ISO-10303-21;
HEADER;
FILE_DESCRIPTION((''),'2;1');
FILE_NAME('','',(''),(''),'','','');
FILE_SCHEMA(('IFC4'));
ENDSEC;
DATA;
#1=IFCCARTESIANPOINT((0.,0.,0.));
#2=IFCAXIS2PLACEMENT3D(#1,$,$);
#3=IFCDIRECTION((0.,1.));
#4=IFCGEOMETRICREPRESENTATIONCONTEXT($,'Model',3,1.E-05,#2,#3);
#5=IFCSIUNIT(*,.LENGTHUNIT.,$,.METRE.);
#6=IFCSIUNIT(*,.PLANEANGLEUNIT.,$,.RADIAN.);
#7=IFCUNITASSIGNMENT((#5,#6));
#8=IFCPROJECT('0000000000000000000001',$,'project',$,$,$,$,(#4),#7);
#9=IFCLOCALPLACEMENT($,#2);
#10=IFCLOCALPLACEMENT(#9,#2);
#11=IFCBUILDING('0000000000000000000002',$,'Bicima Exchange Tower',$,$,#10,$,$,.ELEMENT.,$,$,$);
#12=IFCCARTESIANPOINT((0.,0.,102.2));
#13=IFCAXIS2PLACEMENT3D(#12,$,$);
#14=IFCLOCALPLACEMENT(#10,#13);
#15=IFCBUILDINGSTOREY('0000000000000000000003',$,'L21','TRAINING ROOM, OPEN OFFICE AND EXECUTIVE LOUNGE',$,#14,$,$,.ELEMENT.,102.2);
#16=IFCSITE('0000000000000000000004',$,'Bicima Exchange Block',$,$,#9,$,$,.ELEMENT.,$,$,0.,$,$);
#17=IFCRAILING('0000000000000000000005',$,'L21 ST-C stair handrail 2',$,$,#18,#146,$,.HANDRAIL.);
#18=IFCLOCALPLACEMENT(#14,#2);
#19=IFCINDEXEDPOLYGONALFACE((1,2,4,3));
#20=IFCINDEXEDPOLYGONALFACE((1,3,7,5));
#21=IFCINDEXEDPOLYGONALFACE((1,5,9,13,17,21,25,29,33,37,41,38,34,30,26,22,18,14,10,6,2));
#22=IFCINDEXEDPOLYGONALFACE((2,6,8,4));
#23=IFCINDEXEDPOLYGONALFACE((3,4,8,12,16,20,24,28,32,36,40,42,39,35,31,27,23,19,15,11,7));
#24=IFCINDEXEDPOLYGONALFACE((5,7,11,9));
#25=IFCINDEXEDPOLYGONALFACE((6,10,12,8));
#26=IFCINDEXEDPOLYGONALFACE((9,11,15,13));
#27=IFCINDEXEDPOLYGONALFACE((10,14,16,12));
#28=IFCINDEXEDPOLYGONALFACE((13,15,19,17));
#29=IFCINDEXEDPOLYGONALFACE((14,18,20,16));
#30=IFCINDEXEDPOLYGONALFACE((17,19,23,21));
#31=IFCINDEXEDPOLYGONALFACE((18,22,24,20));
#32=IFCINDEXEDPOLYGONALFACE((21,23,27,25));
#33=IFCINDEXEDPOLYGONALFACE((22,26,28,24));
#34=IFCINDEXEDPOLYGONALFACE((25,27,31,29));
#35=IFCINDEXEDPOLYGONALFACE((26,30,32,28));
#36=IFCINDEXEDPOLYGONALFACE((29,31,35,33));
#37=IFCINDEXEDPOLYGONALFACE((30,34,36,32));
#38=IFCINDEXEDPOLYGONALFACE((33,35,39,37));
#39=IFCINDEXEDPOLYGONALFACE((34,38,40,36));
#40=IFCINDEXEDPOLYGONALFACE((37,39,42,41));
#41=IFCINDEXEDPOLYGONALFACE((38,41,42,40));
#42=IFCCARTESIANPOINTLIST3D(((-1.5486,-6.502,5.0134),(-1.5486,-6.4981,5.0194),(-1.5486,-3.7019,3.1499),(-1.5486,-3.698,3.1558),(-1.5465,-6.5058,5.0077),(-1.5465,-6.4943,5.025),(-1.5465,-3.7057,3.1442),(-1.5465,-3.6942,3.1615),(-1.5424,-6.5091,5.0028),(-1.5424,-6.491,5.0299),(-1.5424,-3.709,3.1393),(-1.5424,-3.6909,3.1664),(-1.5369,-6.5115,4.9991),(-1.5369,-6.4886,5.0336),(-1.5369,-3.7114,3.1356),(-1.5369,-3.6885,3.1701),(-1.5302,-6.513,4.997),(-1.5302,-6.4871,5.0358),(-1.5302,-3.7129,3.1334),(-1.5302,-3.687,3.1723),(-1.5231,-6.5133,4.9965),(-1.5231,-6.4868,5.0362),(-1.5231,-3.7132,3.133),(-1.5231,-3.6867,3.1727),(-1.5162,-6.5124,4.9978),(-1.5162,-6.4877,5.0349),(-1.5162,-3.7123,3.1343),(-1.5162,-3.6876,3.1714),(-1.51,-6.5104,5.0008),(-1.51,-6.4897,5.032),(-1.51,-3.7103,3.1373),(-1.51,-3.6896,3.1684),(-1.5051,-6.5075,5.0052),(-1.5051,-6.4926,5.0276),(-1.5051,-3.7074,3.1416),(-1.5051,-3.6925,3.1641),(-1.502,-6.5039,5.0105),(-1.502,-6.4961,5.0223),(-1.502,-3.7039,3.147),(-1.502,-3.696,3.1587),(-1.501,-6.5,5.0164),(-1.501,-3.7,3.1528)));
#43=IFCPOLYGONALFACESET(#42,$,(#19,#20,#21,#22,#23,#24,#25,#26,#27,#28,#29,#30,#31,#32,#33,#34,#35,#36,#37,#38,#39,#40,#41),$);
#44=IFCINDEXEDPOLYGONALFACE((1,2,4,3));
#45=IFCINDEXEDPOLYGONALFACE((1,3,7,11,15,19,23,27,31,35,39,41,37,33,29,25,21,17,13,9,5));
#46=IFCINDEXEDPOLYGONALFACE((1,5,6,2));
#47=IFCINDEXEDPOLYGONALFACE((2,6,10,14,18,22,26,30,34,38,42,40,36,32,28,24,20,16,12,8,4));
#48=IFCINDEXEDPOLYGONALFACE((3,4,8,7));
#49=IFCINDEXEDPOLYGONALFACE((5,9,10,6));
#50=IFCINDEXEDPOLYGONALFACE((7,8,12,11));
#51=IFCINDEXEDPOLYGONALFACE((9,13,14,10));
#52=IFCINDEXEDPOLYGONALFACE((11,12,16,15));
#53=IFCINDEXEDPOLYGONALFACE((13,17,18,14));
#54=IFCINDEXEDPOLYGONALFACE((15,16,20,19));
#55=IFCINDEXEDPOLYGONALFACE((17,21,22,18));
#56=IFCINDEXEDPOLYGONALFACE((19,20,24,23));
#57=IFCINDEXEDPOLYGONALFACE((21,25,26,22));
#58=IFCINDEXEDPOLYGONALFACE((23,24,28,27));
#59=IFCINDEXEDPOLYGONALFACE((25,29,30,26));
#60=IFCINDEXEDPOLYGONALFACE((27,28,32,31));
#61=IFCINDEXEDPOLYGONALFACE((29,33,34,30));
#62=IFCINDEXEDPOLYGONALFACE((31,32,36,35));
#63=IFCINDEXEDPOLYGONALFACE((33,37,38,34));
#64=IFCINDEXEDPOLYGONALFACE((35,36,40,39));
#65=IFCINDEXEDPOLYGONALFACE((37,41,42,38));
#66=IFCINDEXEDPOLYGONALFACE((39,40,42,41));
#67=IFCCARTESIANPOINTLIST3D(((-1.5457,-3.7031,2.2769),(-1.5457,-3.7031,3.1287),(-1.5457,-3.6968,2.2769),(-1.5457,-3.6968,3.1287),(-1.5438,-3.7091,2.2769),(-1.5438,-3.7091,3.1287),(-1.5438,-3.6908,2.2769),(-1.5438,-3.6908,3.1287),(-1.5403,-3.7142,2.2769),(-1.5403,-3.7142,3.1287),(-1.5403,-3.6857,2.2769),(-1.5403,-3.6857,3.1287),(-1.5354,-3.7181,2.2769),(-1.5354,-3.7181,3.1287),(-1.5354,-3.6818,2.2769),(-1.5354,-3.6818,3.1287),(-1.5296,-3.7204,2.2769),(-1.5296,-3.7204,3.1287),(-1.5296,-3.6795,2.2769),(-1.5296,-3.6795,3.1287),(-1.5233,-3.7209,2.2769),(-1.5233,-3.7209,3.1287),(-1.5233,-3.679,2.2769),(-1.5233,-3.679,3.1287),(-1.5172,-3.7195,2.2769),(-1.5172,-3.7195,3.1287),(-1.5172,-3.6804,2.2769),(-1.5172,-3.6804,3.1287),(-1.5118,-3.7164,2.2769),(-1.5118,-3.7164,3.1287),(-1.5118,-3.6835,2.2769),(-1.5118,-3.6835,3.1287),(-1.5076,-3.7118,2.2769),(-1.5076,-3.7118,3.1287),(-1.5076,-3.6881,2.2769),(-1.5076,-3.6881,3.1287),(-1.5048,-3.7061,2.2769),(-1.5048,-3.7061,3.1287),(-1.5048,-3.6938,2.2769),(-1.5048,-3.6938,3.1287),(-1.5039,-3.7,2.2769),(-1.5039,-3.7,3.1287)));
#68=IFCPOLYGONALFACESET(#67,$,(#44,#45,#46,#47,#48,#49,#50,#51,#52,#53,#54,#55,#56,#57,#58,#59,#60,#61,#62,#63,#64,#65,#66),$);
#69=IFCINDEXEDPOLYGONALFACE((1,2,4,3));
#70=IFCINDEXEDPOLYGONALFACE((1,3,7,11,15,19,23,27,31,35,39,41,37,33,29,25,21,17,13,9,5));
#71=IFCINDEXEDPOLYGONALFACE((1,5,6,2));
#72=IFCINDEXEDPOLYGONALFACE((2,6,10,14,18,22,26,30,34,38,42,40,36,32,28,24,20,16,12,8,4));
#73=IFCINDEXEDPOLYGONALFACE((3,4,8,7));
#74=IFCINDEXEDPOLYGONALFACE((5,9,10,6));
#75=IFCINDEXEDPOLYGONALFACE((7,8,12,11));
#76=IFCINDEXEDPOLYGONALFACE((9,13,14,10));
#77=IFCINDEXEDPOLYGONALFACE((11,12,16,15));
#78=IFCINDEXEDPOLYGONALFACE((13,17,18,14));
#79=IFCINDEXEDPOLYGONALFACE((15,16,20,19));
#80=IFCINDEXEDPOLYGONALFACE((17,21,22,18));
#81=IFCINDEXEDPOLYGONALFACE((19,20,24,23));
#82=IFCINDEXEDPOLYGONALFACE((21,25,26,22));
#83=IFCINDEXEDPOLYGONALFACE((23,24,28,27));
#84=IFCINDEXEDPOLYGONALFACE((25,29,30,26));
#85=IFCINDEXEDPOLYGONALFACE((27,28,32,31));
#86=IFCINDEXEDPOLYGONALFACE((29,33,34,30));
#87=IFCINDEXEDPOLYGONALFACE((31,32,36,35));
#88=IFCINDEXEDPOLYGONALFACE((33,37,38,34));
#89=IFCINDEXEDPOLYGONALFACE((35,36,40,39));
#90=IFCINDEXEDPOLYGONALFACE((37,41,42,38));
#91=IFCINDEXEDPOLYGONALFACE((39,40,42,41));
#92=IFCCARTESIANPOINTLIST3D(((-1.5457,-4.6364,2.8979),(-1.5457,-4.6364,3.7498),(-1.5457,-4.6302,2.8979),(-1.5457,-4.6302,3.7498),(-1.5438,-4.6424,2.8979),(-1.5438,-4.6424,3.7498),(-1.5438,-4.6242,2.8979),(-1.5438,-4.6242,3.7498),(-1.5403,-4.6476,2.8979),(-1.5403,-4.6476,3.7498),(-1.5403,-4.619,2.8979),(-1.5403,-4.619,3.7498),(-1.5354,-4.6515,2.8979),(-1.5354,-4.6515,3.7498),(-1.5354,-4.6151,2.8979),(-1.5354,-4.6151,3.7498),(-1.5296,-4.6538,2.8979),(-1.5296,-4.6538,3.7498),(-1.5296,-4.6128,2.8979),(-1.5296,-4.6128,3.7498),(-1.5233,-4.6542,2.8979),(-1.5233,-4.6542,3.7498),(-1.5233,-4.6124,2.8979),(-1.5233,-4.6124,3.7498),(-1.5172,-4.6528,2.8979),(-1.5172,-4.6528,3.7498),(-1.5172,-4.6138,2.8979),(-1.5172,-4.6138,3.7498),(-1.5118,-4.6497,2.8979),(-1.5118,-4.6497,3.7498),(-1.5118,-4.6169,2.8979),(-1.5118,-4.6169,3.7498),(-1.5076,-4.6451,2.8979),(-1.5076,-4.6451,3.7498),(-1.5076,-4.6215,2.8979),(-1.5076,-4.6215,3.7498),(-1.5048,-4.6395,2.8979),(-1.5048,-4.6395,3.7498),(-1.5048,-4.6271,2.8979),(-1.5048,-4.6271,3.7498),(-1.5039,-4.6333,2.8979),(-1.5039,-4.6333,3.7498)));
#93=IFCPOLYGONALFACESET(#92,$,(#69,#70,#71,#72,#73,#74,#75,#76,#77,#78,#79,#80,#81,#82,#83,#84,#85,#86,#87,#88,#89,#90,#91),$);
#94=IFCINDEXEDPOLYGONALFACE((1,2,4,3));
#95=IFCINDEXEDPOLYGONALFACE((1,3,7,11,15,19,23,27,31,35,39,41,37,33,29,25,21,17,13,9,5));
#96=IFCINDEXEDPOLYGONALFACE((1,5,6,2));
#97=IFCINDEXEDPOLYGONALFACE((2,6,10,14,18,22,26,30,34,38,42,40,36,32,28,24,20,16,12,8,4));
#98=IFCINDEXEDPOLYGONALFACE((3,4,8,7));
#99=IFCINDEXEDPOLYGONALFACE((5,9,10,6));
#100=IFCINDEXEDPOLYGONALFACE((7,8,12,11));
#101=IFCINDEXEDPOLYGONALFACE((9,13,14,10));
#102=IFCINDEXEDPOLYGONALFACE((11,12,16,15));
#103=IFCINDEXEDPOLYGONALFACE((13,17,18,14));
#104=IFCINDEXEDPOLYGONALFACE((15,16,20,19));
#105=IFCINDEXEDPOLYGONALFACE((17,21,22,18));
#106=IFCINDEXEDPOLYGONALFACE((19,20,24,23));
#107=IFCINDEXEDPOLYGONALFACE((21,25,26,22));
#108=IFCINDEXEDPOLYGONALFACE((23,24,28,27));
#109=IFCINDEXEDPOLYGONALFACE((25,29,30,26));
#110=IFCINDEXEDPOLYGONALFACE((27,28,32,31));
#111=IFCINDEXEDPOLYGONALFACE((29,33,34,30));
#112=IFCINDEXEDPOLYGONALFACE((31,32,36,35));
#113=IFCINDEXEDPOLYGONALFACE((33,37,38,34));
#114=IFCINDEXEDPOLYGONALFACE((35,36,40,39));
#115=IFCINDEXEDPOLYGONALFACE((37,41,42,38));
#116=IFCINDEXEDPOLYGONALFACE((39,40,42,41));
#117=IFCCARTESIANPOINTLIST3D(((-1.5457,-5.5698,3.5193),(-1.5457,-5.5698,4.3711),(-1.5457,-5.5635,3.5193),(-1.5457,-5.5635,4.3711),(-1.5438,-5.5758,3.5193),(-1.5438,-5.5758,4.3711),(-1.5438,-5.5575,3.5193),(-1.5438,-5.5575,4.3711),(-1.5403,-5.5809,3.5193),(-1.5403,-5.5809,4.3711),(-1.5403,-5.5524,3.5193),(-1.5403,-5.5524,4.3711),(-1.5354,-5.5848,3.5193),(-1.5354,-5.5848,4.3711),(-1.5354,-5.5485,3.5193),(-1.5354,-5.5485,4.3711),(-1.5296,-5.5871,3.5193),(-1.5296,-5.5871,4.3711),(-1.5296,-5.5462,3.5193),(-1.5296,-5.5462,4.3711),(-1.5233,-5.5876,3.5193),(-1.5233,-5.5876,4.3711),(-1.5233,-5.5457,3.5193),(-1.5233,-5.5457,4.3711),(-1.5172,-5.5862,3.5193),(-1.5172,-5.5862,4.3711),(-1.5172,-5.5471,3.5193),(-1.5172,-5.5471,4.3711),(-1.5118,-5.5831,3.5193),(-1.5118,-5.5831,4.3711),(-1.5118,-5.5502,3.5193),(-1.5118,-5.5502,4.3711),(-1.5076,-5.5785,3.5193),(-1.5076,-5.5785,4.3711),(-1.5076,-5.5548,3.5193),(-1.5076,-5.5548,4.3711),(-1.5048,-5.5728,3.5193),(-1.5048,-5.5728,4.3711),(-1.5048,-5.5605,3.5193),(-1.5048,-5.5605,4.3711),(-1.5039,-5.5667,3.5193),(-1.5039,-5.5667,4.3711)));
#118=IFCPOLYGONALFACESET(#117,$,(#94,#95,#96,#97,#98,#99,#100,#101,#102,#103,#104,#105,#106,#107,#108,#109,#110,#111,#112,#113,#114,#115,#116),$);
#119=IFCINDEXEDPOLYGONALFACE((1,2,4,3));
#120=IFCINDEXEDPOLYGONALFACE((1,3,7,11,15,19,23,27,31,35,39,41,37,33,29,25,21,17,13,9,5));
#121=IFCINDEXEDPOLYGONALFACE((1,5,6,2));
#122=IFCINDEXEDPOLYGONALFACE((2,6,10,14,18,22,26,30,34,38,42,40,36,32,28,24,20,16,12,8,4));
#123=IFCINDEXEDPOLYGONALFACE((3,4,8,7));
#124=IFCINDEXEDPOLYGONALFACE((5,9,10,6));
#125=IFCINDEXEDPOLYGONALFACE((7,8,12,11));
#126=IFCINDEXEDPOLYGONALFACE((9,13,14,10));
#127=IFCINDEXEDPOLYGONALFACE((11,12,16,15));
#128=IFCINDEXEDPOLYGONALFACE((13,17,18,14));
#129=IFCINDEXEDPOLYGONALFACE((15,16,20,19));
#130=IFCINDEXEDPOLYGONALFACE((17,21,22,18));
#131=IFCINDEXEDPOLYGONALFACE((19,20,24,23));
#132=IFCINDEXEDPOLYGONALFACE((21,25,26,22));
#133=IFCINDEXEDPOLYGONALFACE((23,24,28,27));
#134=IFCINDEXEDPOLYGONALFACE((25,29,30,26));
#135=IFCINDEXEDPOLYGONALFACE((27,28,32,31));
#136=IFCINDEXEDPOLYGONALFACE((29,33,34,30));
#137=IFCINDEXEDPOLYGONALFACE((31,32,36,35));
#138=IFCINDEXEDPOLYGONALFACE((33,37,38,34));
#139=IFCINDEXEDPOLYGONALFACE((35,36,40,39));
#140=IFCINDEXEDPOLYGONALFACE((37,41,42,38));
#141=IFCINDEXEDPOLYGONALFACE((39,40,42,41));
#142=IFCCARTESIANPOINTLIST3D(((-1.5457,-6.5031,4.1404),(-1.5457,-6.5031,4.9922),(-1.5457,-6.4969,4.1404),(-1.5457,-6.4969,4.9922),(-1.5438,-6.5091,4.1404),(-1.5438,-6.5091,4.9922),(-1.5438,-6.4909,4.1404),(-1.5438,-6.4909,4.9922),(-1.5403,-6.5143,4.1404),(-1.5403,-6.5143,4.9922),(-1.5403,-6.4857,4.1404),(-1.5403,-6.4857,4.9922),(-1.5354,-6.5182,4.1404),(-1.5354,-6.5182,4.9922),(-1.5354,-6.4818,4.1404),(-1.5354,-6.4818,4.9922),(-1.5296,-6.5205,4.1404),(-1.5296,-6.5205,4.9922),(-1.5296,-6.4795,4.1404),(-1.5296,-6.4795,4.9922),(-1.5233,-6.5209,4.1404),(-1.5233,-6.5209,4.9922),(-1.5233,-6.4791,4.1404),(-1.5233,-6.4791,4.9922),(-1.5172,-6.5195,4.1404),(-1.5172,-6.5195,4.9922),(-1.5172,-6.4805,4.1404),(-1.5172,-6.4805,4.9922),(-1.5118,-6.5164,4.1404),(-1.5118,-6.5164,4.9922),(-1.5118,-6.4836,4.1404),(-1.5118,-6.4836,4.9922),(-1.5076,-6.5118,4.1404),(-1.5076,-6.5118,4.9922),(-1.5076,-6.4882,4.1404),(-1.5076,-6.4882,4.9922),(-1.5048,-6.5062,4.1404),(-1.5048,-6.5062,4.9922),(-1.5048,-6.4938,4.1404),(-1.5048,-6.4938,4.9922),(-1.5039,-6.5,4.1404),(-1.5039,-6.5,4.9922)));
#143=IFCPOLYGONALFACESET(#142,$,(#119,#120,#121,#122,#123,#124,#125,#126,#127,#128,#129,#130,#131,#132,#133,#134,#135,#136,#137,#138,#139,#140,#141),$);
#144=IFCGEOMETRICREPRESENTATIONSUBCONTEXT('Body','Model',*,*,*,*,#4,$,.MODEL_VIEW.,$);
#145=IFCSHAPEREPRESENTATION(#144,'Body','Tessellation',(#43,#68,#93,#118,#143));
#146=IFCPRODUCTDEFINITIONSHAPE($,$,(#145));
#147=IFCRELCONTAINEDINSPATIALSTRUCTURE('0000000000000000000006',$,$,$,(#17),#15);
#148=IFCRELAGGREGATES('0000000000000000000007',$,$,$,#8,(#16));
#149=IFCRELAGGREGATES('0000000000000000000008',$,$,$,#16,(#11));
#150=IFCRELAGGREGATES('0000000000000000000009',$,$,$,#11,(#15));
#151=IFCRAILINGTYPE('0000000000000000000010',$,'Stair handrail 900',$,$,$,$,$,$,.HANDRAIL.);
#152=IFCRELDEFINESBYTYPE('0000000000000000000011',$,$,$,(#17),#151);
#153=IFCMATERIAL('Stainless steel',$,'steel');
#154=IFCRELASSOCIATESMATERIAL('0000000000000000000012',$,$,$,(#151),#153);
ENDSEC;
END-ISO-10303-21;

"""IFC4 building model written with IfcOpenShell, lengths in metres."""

from ifc_helpers import new_model, si_unit, direction, frame, origin, origin_2d, place, context, subcontext, project, spatial, circle, extrude, material, type_object, element, save


model = new_model("IFC4")

# Units and contexts
model_context = context("Model", 3, precision=1e-05, world=origin(), true_north=direction((0.0, 1.0)))
body_context = subcontext(model_context, "Body", "Model", "MODEL_VIEW")
ifc_project = project(units=[si_unit("LENGTHUNIT", "METRE"), si_unit("PLANEANGLEUNIT", "RADIAN")], contexts=[model_context])

# Site, building, storey
site_placement = place(None, origin())
site = spatial("IfcSite", under=ifc_project, at=site_placement, Name="Bicima Exchange Block", CompositionType="ELEMENT", RefElevation=0.0)
building_placement = place(site_placement, origin())
building = spatial("IfcBuilding", under=site, at=building_placement, Name="Bicima Exchange Tower", CompositionType="ELEMENT")
storey_placement = place(building_placement, frame((0.0, 0.0, 102.2)))
storey = spatial("IfcBuildingStorey", under=building, at=storey_placement, Name="L21", Description="TRAINING ROOM, OPEN OFFICE AND EXECUTIVE LOUNGE", CompositionType="ELEMENT", Elevation=102.2)

# Railing
ifc_material_1 = material(Name="Stainless steel", Category="steel")
railing_type = type_object("IfcRailingType", Name="Stair handrail 900", PredefinedType="HANDRAIL", material=ifc_material_1)
railing_placement = place(storey_placement, frame((-1.5249, -3.7, 2.2769)))
element("IfcRailing", 1, at=railing_placement, inside=storey, type_object=railing_type, Name="L21 ST-C stair handrail 2", PredefinedType="HANDRAIL", context=body_context, shape_type="SweptSolid", body=[
    extrude(circle(Radius=0.0239, at=origin_2d()), frame((0.0, 0.0, 0.876), z_axis=(0.0, -0.832486, 0.554047), x_axis=(1.0, 0.0, 0.0)), (0.0, 0.0, 1.0), 3.3635),
    extrude(circle(Radius=0.021, at=origin_2d()), origin(), (0.0, 0.0, 1.0), 0.8518),
    extrude(circle(Radius=0.021, at=origin_2d()), frame((0.0, -0.9333, 0.6211)), (0.0, 0.0, 1.0), 0.8518),
    extrude(circle(Radius=0.021, at=origin_2d()), frame((0.0, -1.8667, 1.2424)), (0.0, 0.0, 1.0), 0.8518),
    extrude(circle(Radius=0.021, at=origin_2d()), frame((0.0, -2.8, 1.8635)), (0.0, 0.0, 1.0), 0.8518),
])

save(model, "model.ifc")
